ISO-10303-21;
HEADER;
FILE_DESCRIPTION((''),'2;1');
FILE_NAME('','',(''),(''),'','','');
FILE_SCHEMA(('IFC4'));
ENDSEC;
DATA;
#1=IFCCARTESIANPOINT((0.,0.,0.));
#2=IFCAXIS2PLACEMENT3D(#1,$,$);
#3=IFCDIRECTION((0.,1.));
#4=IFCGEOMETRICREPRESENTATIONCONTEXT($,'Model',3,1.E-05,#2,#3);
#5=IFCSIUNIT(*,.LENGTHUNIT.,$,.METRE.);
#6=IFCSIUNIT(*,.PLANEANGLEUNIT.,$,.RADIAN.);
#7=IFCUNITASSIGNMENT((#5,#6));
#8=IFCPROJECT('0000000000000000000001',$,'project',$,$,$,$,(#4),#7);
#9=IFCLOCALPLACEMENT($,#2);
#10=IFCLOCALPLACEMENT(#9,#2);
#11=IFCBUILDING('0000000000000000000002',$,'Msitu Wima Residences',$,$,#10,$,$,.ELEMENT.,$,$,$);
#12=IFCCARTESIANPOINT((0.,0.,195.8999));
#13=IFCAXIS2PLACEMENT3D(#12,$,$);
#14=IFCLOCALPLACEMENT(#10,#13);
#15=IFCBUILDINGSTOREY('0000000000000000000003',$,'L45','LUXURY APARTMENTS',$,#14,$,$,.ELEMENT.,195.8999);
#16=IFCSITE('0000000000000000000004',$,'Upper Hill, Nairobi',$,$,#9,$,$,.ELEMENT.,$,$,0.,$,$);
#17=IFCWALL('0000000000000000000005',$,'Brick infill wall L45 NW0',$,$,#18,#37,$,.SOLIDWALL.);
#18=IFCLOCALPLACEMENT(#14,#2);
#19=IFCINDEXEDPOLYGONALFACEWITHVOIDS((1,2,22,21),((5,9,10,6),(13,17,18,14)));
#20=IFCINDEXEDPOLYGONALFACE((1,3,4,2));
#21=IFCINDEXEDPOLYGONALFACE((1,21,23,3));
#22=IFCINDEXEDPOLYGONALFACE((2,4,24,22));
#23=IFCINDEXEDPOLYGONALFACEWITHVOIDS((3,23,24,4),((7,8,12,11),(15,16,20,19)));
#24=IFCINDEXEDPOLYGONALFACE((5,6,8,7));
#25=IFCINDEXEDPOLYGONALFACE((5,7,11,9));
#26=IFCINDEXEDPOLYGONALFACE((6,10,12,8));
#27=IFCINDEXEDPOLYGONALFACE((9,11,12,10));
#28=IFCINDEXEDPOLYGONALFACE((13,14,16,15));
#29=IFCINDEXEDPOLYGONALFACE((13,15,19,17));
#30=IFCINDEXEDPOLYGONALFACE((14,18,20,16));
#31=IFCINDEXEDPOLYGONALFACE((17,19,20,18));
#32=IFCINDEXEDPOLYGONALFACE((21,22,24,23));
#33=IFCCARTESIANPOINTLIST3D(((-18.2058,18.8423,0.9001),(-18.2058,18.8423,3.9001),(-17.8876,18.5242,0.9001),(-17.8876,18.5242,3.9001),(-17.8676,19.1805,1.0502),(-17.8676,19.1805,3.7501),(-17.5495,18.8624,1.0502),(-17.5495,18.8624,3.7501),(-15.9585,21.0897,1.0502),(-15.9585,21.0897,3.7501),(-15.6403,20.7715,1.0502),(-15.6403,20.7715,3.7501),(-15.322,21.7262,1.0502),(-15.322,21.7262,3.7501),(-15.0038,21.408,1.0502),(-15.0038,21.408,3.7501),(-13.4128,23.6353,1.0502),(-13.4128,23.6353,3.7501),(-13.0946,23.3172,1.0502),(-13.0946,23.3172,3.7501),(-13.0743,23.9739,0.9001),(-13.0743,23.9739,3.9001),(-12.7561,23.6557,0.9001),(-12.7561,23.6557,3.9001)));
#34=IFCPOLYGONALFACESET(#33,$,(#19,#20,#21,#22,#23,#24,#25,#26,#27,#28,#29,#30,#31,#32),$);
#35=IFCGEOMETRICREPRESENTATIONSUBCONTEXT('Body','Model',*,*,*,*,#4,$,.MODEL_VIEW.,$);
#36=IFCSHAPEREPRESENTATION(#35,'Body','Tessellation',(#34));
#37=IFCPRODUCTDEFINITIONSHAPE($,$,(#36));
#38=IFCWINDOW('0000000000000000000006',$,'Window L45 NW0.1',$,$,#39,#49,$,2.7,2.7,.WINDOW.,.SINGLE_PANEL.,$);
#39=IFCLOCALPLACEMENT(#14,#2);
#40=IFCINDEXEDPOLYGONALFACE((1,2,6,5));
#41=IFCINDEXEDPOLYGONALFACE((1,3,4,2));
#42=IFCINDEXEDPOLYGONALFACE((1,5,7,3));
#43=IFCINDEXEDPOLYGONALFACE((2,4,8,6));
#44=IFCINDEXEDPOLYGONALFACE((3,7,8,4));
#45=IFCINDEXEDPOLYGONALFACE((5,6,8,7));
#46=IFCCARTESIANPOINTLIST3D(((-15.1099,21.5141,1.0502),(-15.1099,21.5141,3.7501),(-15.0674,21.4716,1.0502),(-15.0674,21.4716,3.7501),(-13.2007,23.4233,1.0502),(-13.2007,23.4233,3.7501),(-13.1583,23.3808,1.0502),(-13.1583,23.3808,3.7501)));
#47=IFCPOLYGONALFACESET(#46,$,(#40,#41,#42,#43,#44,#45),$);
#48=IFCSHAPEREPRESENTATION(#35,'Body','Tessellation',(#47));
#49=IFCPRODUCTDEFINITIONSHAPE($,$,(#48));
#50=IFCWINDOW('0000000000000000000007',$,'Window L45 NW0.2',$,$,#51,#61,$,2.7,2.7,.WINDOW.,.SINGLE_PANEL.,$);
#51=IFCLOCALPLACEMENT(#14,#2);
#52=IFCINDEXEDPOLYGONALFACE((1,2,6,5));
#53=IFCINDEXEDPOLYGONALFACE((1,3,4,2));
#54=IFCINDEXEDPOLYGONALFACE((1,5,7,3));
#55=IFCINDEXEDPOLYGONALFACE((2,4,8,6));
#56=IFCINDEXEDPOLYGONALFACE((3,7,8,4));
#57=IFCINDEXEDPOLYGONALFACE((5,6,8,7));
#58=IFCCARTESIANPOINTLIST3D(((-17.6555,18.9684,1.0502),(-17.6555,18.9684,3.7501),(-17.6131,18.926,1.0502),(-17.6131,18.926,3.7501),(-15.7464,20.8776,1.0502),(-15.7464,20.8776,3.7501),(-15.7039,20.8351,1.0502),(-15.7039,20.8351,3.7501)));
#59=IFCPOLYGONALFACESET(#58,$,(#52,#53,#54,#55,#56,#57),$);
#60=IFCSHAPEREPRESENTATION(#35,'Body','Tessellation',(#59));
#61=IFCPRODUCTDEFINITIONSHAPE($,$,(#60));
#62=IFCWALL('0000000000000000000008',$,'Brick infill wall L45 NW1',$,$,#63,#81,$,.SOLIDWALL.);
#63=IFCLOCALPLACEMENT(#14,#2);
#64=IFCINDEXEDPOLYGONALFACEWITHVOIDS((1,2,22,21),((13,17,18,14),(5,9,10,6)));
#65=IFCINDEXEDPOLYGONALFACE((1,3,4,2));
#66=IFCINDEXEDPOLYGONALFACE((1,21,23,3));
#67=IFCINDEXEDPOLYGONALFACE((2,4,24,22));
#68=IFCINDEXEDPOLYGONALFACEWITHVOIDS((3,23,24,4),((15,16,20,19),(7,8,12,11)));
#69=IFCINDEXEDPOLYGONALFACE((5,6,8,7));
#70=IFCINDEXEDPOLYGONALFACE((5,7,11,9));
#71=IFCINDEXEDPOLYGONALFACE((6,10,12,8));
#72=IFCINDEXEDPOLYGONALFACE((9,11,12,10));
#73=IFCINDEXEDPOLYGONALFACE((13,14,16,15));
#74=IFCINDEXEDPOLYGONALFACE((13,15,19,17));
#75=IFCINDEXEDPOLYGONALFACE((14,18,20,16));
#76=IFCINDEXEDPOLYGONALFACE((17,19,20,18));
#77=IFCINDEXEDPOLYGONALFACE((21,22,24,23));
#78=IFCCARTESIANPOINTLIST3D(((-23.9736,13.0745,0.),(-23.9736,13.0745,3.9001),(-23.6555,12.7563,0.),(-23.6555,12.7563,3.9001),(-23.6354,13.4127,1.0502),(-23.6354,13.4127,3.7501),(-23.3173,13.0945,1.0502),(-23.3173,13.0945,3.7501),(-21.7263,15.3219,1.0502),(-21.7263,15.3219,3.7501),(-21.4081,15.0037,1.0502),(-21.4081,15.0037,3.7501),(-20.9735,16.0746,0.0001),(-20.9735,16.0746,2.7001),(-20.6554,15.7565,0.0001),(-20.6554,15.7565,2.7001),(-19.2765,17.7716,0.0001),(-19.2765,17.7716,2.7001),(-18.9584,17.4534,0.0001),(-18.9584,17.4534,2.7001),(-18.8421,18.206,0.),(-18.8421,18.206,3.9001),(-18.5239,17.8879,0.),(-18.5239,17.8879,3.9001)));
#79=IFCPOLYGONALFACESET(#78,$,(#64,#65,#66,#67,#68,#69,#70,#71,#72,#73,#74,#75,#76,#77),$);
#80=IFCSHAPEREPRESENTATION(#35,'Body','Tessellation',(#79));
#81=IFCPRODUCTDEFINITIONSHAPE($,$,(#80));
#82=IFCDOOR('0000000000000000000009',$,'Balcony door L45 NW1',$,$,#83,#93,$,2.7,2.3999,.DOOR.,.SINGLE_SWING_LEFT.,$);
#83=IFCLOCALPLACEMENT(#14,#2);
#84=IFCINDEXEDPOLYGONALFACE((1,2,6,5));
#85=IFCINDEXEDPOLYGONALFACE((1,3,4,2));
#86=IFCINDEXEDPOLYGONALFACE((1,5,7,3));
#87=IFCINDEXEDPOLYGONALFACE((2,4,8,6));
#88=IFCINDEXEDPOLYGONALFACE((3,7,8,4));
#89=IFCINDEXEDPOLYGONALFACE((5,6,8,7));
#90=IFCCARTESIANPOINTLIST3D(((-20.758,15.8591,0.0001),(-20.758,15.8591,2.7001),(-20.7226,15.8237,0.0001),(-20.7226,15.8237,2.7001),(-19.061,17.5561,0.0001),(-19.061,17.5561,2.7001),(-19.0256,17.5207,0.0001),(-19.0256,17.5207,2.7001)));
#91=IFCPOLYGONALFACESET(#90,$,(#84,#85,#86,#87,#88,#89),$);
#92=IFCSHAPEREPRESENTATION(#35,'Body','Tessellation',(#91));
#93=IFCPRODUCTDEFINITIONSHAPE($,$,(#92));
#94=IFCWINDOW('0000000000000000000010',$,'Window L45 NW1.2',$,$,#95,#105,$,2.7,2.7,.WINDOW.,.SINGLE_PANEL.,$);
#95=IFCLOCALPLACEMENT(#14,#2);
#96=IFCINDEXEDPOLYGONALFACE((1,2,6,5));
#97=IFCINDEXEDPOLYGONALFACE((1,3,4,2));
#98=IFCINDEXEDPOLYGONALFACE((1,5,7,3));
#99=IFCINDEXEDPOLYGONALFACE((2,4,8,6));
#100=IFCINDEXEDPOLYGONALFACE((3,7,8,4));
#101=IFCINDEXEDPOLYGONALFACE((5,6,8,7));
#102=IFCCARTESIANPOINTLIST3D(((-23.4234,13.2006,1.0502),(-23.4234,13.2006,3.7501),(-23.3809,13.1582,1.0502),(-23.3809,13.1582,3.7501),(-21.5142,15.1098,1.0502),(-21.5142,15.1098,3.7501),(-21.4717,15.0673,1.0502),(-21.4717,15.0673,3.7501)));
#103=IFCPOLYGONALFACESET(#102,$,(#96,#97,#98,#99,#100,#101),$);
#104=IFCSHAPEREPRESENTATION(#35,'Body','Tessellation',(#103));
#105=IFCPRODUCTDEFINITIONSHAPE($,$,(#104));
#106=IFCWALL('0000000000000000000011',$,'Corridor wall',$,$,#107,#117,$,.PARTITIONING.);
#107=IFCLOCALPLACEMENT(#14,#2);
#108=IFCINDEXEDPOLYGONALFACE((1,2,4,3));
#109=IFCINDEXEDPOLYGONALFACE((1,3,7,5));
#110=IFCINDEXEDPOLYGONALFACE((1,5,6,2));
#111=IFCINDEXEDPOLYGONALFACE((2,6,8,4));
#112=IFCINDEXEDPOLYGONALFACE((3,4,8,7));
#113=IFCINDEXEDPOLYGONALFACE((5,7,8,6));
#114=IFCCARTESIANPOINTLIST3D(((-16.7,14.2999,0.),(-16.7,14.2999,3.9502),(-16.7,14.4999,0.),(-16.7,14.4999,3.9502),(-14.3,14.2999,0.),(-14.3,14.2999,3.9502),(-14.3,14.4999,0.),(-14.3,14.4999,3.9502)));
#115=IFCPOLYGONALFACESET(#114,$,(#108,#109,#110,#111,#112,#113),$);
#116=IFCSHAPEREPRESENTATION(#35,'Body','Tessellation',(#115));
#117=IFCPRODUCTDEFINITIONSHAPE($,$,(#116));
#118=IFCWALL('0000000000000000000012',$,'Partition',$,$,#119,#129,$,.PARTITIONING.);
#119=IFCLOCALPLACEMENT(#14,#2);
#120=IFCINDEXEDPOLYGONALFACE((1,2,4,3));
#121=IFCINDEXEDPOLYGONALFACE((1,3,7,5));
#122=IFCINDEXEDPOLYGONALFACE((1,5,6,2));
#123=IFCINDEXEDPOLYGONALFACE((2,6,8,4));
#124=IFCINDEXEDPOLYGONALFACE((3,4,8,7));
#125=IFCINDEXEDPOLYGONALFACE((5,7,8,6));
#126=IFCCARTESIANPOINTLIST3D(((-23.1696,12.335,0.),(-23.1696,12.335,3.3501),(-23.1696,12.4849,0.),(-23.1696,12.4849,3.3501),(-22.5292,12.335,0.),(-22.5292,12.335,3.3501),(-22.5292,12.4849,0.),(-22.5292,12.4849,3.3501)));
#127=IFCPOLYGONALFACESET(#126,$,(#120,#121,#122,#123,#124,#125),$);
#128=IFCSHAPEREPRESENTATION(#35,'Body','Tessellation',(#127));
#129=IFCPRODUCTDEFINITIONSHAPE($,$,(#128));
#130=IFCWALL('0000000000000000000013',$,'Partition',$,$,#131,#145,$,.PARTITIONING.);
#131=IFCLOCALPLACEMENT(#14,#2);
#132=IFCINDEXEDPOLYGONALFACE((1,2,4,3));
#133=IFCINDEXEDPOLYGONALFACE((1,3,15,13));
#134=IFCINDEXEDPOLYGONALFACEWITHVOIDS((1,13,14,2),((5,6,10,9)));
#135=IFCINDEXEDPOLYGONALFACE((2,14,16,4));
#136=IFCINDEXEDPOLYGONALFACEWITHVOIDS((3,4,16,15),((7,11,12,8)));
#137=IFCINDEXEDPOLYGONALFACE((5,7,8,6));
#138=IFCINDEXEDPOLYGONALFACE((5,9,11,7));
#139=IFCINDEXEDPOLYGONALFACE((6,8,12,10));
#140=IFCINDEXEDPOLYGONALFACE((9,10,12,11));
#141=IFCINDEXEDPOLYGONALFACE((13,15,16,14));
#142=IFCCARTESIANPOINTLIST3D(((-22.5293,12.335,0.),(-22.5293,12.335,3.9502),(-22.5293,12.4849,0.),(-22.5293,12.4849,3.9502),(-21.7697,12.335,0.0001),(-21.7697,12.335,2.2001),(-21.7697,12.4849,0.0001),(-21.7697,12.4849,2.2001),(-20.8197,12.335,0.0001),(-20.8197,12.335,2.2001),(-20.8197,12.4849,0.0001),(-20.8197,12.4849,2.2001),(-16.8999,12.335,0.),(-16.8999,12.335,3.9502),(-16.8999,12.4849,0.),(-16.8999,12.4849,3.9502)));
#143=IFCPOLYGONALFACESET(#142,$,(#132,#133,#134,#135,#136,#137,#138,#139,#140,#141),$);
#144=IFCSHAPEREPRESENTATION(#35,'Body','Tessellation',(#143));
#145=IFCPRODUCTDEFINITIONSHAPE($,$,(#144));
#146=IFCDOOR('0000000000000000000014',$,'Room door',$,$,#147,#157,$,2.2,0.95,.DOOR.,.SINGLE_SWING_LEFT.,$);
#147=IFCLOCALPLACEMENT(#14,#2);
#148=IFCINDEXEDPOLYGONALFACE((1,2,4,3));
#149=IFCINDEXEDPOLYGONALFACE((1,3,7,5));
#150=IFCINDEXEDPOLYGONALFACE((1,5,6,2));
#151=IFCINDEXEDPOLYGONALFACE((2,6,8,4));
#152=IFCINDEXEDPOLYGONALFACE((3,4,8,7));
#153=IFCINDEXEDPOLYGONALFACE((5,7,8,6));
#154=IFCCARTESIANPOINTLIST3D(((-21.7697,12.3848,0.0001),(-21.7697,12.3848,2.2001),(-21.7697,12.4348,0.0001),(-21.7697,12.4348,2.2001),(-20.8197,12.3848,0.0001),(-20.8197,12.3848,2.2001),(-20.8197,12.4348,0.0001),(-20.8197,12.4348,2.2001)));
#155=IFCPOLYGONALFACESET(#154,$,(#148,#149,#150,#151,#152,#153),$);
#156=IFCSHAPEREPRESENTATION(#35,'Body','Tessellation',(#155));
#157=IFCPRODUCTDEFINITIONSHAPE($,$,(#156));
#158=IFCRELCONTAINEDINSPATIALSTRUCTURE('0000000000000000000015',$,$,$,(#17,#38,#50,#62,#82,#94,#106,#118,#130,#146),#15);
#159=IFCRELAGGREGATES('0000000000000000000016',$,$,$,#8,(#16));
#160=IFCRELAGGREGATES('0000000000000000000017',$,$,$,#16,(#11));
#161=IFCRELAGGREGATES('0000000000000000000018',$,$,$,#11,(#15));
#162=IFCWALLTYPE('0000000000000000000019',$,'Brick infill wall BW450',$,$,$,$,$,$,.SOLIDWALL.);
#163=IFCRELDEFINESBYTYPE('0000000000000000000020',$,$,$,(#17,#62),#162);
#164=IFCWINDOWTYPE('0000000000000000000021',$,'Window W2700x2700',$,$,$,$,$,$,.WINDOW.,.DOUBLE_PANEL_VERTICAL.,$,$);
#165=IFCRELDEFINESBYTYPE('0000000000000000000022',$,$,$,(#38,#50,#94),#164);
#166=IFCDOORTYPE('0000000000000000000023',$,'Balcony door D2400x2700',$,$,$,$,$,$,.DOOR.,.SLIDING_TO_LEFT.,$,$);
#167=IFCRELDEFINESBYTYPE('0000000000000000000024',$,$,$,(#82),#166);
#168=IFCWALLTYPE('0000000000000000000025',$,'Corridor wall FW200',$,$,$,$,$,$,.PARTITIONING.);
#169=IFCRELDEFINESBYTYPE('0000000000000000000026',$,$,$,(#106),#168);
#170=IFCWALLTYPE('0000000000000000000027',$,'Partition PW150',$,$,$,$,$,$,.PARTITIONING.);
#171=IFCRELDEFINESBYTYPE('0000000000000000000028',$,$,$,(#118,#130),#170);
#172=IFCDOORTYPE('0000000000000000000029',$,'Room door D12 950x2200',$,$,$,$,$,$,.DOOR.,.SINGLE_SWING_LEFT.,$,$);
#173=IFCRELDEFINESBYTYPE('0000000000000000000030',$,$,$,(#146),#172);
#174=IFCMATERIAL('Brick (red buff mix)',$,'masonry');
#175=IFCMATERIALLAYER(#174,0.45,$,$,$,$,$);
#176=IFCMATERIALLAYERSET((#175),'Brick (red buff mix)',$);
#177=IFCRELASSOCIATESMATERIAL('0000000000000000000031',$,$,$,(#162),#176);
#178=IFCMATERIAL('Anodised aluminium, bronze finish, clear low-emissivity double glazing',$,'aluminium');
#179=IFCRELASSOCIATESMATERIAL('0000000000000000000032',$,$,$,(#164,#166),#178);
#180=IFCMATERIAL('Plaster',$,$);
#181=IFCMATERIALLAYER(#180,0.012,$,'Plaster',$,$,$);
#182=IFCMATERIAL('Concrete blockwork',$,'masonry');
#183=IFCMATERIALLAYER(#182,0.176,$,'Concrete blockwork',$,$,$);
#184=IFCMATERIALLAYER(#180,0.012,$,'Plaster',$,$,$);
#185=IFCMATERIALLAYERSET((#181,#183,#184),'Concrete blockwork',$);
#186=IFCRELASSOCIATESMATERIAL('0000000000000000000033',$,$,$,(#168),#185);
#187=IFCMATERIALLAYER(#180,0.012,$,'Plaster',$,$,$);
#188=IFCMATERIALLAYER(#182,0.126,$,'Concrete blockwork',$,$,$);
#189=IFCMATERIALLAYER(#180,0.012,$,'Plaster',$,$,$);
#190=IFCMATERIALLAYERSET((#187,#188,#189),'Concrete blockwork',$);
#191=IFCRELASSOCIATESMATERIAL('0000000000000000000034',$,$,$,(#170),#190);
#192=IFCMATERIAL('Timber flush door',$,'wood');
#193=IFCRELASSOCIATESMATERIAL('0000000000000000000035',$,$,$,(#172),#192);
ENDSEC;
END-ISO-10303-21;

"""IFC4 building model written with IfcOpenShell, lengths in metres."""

from ifc_helpers import new_model, si_unit, direction, frame, frame_2d, origin, place, context, subcontext, project, spatial, rectangle, extrude, material, layer, layer_set, type_object, element, fill, save


model = new_model("IFC4")

# Units and contexts
model_context = context("Model", 3, precision=1e-05, world=origin(), true_north=direction((0.0, 1.0)))
body_context = subcontext(model_context, "Body", "Model", "MODEL_VIEW")
ifc_project = project(units=[si_unit("LENGTHUNIT", "METRE"), si_unit("PLANEANGLEUNIT", "RADIAN")], contexts=[model_context])

# Site, building, storey
site_placement = place(None, origin())
site = spatial("IfcSite", under=ifc_project, at=site_placement, Name="Upper Hill, Nairobi", CompositionType="ELEMENT", RefElevation=0.0)
building_placement = place(site_placement, origin())
building = spatial("IfcBuilding", under=site, at=building_placement, Name="Msitu Wima Residences", CompositionType="ELEMENT")
storey_placement = place(building_placement, frame((0.0, 0.0, 195.8999)))
storey = spatial("IfcBuildingStorey", under=building, at=storey_placement, Name="L45", Description="LUXURY APARTMENTS", CompositionType="ELEMENT", Elevation=195.8999)

# Wall, openings, windows
ifc_material_1 = material(Name="Brick (red buff mix)", Category="masonry")
ifc_layer_1 = layer(ifc_material_1, 0.45)
ifc_layer_set_1 = layer_set([ifc_layer_1], Name="Brick (red buff mix)")
wall_type_1 = type_object("IfcWallType", Name="Brick infill wall BW450", PredefinedType="SOLIDWALL", material=ifc_layer_set_1)
wall_1_placement = place(storey_placement, frame((-12.9153, 23.8147, 0.9001), z_axis=(0.0, 0.0, 1.0), x_axis=(-0.707107, -0.707107, 0.0)))
wall_1 = element("IfcWall", 1, at=wall_1_placement, inside=storey, type_object=wall_type_1, Name="Brick infill wall L45 NW0", PredefinedType="SOLIDWALL", context=body_context, shape_type="SweptSolid", body=[
    extrude(rectangle(XDim=7.2571, YDim=0.45, at=frame_2d((3.6284, 0.0))), origin(), (0.0, 0.0, 1.0), 3.0),
])
opening_1_placement = place(wall_1_placement, frame((0.4785, 0.0, 0.1499)))
opening_1 = element("IfcOpeningElement", 2, at=opening_1_placement, cuts=wall_1, PredefinedType="OPENING", context=body_context, shape_type="SweptSolid", body=[
    extrude(rectangle(XDim=2.7, YDim=2.7, at=frame_2d((1.3501, 1.3501))), frame((0.0, 0.2349, 0.0), z_axis=(0.0, -1.0, 0.0), x_axis=(1.0, 0.0, 0.0)), (0.0, 0.0, 1.0), 0.47),
])
opening_2_placement = place(wall_1_placement, frame((4.0786, 0.0, 0.1499)))
opening_2 = element("IfcOpeningElement", 3, at=opening_2_placement, cuts=wall_1, PredefinedType="OPENING", context=body_context, shape_type="SweptSolid", body=[
    extrude(rectangle(XDim=2.7, YDim=2.7, at=frame_2d((1.3501, 1.3501))), frame((0.0, 0.2349, 0.0), z_axis=(0.0, -1.0, 0.0), x_axis=(1.0, 0.0, 0.0)), (0.0, 0.0, 1.0), 0.47),
])
ifc_material_2 = material(Name="Anodised aluminium, bronze finish, clear low-emissivity double glazing", Category="aluminium")
window_type = type_object("IfcWindowType", Name="Window W2700x2700", PartitioningType="DOUBLE_PANEL_VERTICAL", PredefinedType="WINDOW", material=ifc_material_2)
window_1_placement = place(opening_1_placement, origin())
window_1 = element("IfcWindow", 4, at=window_1_placement, inside=storey, type_object=window_type, Name="Window L45 NW0.1", OverallHeight=2.7, OverallWidth=2.7, PartitioningType="SINGLE_PANEL", PredefinedType="WINDOW", context=body_context, shape_type="SweptSolid", body=[
    extrude(rectangle(XDim=2.7, YDim=2.7, at=frame_2d((1.3501, 1.3501))), frame((0.0, 0.135, 0.0), z_axis=(0.0, -1.0, 0.0), x_axis=(1.0, 0.0, 0.0)), (0.0, 0.0, 1.0), 0.0601),
])
fill(opening_1, window_1)
window_2_placement = place(opening_2_placement, origin())
window_2 = element("IfcWindow", 5, at=window_2_placement, inside=storey, type_object=window_type, Name="Window L45 NW0.2", OverallHeight=2.7, OverallWidth=2.7, PartitioningType="SINGLE_PANEL", PredefinedType="WINDOW", context=body_context, shape_type="SweptSolid", body=[
    extrude(rectangle(XDim=2.7, YDim=2.7, at=frame_2d((1.3501, 1.3501))), frame((0.0, 0.135, 0.0), z_axis=(0.0, -1.0, 0.0), x_axis=(1.0, 0.0, 0.0)), (0.0, 0.0, 1.0), 0.0601),
])
fill(opening_2, window_2)

# Wall, openings, door, window
wall_2_placement = place(storey_placement, frame((-18.6831, 18.0469, 0.0), z_axis=(0.0, 0.0, 1.0), x_axis=(-0.707107, -0.707107, 0.0)))
wall_2 = element("IfcWall", 6, at=wall_2_placement, inside=storey, type_object=wall_type_1, Name="Brick infill wall L45 NW1", PredefinedType="SOLIDWALL", context=body_context, shape_type="SweptSolid", body=[
    extrude(rectangle(XDim=7.2571, YDim=0.45, at=frame_2d((3.6284, 0.0))), origin(), (0.0, 0.0, 1.0), 3.9001),
])
opening_3_placement = place(wall_2_placement, frame((0.6143, 0.0, 0.0)))
opening_3 = element("IfcOpeningElement", 7, at=opening_3_placement, cuts=wall_2, PredefinedType="OPENING", context=body_context, shape_type="SweptSolid", body=[
    extrude(rectangle(XDim=2.3999, YDim=2.7, at=frame_2d((1.2, 1.3501))), frame((0.0, 0.2349, 0.0), z_axis=(0.0, -1.0, 0.0), x_axis=(1.0, 0.0, 0.0)), (0.0, 0.0, 1.0), 0.47),
])
opening_4_placement = place(wall_2_placement, frame((4.0786, 0.0, 1.05)))
opening_4 = element("IfcOpeningElement", 8, at=opening_4_placement, cuts=wall_2, PredefinedType="OPENING", context=body_context, shape_type="SweptSolid", body=[
    extrude(rectangle(XDim=2.7, YDim=2.7, at=frame_2d((1.3501, 1.3501))), frame((0.0, 0.2349, 0.0), z_axis=(0.0, -1.0, 0.0), x_axis=(1.0, 0.0, 0.0)), (0.0, 0.0, 1.0), 0.47),
])
door_type_1 = type_object("IfcDoorType", Name="Balcony door D2400x2700", OperationType="SLIDING_TO_LEFT", PredefinedType="DOOR", material=ifc_material_2)
door_1_placement = place(opening_3_placement, origin())
door_1 = element("IfcDoor", 9, at=door_1_placement, inside=storey, type_object=door_type_1, Name="Balcony door L45 NW1", OperationType="SINGLE_SWING_LEFT", OverallHeight=2.7, OverallWidth=2.3999, PredefinedType="DOOR", context=body_context, shape_type="SweptSolid", body=[
    extrude(rectangle(XDim=2.3999, YDim=2.7, at=frame_2d((1.2, 1.3501))), frame((0.0, 0.1299, 0.0), z_axis=(0.0, -1.0, 0.0), x_axis=(1.0, 0.0, 0.0)), (0.0, 0.0, 1.0), 0.05),
])
fill(opening_3, door_1)
window_3_placement = place(opening_4_placement, origin())
window_3 = element("IfcWindow", 10, at=window_3_placement, inside=storey, type_object=window_type, Name="Window L45 NW1.2", OverallHeight=2.7, OverallWidth=2.7, PartitioningType="SINGLE_PANEL", PredefinedType="WINDOW", context=body_context, shape_type="SweptSolid", body=[
    extrude(rectangle(XDim=2.7, YDim=2.7, at=frame_2d((1.3501, 1.3501))), frame((0.0, 0.135, 0.0), z_axis=(0.0, -1.0, 0.0), x_axis=(1.0, 0.0, 0.0)), (0.0, 0.0, 1.0), 0.0601),
])
fill(opening_4, window_3)

# Walls
ifc_material_3 = material(Name="Plaster")
ifc_layer_2 = layer(ifc_material_3, 0.012, Name="Plaster")
ifc_material_4 = material(Name="Concrete blockwork", Category="masonry")
ifc_layer_3 = layer(ifc_material_4, 0.176, Name="Concrete blockwork")
ifc_layer_4 = layer(ifc_material_3, 0.012, Name="Plaster")
ifc_layer_set_2 = layer_set([ifc_layer_2, ifc_layer_3, ifc_layer_4], Name="Concrete blockwork")
wall_type_2 = type_object("IfcWallType", Name="Corridor wall FW200", PredefinedType="PARTITIONING", material=ifc_layer_set_2)
wall_3_placement = place(storey_placement, frame((-16.7, 14.3999, 0.0), z_axis=(0.0, 0.0, 1.0), x_axis=(1.0, 0.0, 0.0)))
element("IfcWall", 11, at=wall_3_placement, inside=storey, type_object=wall_type_2, Name="Corridor wall", PredefinedType="PARTITIONING", context=body_context, shape_type="SweptSolid", body=[
    extrude(rectangle(XDim=2.3999, YDim=0.2, at=frame_2d((1.2, 0.0))), origin(), (0.0, 0.0, 1.0), 3.9502),
])
ifc_layer_5 = layer(ifc_material_3, 0.012, Name="Plaster")
ifc_layer_6 = layer(ifc_material_4, 0.126, Name="Concrete blockwork")
ifc_layer_7 = layer(ifc_material_3, 0.012, Name="Plaster")
ifc_layer_set_3 = layer_set([ifc_layer_5, ifc_layer_6, ifc_layer_7], Name="Concrete blockwork")
wall_type_3 = type_object("IfcWallType", Name="Partition PW150", PredefinedType="PARTITIONING", material=ifc_layer_set_3)
wall_4_placement = place(storey_placement, frame((-23.1697, 12.4099, 0.0), z_axis=(0.0, 0.0, 1.0), x_axis=(1.0, 0.0, 0.0)))
element("IfcWall", 12, at=wall_4_placement, inside=storey, type_object=wall_type_3, Name="Partition", PredefinedType="PARTITIONING", context=body_context, shape_type="SweptSolid", body=[
    extrude(rectangle(XDim=0.6404, YDim=0.1499, at=frame_2d((0.3203, 0.0))), origin(), (0.0, 0.0, 1.0), 3.3501),
])

# Wall, opening, door
wall_5_placement = place(storey_placement, frame((-22.5293, 12.4099, 0.0), z_axis=(0.0, 0.0, 1.0), x_axis=(1.0, 0.0, 0.0)))
wall_5 = element("IfcWall", 13, at=wall_5_placement, inside=storey, type_object=wall_type_3, Name="Partition", PredefinedType="PARTITIONING", context=body_context, shape_type="SweptSolid", body=[
    extrude(rectangle(XDim=5.6294, YDim=0.1499, at=frame_2d((2.8147, 0.0))), origin(), (0.0, 0.0, 1.0), 3.9502),
])
opening_5_placement = place(wall_5_placement, frame((0.7595, 0.0, 0.0)))
opening_5 = element("IfcOpeningElement", 14, at=opening_5_placement, cuts=wall_5, PredefinedType="OPENING", context=body_context, shape_type="SweptSolid", body=[
    extrude(rectangle(XDim=0.95, YDim=2.2, at=frame_2d((0.4751, 1.1001))), frame((0.0, 0.085, 0.0), z_axis=(0.0, -1.0, 0.0), x_axis=(1.0, 0.0, 0.0)), (0.0, 0.0, 1.0), 0.1699),
])
ifc_material_5 = material(Name="Timber flush door", Category="wood")
door_type_2 = type_object("IfcDoorType", Name="Room door D12 950x2200", OperationType="SINGLE_SWING_LEFT", PredefinedType="DOOR", material=ifc_material_5)
door_2_placement = place(opening_5_placement, origin())
door_2 = element("IfcDoor", 15, at=door_2_placement, inside=storey, type_object=door_type_2, Name="Room door", OperationType="SINGLE_SWING_LEFT", OverallHeight=2.2, OverallWidth=0.95, PredefinedType="DOOR", context=body_context, shape_type="SweptSolid", body=[
    extrude(rectangle(XDim=0.95, YDim=2.2, at=frame_2d((0.4751, 1.1001))), frame((0.0, 0.0249, 0.0), z_axis=(0.0, -1.0, 0.0), x_axis=(1.0, 0.0, 0.0)), (0.0, 0.0, 1.0), 0.05),
])
fill(opening_5, door_2)

save(model, "model.ifc")
